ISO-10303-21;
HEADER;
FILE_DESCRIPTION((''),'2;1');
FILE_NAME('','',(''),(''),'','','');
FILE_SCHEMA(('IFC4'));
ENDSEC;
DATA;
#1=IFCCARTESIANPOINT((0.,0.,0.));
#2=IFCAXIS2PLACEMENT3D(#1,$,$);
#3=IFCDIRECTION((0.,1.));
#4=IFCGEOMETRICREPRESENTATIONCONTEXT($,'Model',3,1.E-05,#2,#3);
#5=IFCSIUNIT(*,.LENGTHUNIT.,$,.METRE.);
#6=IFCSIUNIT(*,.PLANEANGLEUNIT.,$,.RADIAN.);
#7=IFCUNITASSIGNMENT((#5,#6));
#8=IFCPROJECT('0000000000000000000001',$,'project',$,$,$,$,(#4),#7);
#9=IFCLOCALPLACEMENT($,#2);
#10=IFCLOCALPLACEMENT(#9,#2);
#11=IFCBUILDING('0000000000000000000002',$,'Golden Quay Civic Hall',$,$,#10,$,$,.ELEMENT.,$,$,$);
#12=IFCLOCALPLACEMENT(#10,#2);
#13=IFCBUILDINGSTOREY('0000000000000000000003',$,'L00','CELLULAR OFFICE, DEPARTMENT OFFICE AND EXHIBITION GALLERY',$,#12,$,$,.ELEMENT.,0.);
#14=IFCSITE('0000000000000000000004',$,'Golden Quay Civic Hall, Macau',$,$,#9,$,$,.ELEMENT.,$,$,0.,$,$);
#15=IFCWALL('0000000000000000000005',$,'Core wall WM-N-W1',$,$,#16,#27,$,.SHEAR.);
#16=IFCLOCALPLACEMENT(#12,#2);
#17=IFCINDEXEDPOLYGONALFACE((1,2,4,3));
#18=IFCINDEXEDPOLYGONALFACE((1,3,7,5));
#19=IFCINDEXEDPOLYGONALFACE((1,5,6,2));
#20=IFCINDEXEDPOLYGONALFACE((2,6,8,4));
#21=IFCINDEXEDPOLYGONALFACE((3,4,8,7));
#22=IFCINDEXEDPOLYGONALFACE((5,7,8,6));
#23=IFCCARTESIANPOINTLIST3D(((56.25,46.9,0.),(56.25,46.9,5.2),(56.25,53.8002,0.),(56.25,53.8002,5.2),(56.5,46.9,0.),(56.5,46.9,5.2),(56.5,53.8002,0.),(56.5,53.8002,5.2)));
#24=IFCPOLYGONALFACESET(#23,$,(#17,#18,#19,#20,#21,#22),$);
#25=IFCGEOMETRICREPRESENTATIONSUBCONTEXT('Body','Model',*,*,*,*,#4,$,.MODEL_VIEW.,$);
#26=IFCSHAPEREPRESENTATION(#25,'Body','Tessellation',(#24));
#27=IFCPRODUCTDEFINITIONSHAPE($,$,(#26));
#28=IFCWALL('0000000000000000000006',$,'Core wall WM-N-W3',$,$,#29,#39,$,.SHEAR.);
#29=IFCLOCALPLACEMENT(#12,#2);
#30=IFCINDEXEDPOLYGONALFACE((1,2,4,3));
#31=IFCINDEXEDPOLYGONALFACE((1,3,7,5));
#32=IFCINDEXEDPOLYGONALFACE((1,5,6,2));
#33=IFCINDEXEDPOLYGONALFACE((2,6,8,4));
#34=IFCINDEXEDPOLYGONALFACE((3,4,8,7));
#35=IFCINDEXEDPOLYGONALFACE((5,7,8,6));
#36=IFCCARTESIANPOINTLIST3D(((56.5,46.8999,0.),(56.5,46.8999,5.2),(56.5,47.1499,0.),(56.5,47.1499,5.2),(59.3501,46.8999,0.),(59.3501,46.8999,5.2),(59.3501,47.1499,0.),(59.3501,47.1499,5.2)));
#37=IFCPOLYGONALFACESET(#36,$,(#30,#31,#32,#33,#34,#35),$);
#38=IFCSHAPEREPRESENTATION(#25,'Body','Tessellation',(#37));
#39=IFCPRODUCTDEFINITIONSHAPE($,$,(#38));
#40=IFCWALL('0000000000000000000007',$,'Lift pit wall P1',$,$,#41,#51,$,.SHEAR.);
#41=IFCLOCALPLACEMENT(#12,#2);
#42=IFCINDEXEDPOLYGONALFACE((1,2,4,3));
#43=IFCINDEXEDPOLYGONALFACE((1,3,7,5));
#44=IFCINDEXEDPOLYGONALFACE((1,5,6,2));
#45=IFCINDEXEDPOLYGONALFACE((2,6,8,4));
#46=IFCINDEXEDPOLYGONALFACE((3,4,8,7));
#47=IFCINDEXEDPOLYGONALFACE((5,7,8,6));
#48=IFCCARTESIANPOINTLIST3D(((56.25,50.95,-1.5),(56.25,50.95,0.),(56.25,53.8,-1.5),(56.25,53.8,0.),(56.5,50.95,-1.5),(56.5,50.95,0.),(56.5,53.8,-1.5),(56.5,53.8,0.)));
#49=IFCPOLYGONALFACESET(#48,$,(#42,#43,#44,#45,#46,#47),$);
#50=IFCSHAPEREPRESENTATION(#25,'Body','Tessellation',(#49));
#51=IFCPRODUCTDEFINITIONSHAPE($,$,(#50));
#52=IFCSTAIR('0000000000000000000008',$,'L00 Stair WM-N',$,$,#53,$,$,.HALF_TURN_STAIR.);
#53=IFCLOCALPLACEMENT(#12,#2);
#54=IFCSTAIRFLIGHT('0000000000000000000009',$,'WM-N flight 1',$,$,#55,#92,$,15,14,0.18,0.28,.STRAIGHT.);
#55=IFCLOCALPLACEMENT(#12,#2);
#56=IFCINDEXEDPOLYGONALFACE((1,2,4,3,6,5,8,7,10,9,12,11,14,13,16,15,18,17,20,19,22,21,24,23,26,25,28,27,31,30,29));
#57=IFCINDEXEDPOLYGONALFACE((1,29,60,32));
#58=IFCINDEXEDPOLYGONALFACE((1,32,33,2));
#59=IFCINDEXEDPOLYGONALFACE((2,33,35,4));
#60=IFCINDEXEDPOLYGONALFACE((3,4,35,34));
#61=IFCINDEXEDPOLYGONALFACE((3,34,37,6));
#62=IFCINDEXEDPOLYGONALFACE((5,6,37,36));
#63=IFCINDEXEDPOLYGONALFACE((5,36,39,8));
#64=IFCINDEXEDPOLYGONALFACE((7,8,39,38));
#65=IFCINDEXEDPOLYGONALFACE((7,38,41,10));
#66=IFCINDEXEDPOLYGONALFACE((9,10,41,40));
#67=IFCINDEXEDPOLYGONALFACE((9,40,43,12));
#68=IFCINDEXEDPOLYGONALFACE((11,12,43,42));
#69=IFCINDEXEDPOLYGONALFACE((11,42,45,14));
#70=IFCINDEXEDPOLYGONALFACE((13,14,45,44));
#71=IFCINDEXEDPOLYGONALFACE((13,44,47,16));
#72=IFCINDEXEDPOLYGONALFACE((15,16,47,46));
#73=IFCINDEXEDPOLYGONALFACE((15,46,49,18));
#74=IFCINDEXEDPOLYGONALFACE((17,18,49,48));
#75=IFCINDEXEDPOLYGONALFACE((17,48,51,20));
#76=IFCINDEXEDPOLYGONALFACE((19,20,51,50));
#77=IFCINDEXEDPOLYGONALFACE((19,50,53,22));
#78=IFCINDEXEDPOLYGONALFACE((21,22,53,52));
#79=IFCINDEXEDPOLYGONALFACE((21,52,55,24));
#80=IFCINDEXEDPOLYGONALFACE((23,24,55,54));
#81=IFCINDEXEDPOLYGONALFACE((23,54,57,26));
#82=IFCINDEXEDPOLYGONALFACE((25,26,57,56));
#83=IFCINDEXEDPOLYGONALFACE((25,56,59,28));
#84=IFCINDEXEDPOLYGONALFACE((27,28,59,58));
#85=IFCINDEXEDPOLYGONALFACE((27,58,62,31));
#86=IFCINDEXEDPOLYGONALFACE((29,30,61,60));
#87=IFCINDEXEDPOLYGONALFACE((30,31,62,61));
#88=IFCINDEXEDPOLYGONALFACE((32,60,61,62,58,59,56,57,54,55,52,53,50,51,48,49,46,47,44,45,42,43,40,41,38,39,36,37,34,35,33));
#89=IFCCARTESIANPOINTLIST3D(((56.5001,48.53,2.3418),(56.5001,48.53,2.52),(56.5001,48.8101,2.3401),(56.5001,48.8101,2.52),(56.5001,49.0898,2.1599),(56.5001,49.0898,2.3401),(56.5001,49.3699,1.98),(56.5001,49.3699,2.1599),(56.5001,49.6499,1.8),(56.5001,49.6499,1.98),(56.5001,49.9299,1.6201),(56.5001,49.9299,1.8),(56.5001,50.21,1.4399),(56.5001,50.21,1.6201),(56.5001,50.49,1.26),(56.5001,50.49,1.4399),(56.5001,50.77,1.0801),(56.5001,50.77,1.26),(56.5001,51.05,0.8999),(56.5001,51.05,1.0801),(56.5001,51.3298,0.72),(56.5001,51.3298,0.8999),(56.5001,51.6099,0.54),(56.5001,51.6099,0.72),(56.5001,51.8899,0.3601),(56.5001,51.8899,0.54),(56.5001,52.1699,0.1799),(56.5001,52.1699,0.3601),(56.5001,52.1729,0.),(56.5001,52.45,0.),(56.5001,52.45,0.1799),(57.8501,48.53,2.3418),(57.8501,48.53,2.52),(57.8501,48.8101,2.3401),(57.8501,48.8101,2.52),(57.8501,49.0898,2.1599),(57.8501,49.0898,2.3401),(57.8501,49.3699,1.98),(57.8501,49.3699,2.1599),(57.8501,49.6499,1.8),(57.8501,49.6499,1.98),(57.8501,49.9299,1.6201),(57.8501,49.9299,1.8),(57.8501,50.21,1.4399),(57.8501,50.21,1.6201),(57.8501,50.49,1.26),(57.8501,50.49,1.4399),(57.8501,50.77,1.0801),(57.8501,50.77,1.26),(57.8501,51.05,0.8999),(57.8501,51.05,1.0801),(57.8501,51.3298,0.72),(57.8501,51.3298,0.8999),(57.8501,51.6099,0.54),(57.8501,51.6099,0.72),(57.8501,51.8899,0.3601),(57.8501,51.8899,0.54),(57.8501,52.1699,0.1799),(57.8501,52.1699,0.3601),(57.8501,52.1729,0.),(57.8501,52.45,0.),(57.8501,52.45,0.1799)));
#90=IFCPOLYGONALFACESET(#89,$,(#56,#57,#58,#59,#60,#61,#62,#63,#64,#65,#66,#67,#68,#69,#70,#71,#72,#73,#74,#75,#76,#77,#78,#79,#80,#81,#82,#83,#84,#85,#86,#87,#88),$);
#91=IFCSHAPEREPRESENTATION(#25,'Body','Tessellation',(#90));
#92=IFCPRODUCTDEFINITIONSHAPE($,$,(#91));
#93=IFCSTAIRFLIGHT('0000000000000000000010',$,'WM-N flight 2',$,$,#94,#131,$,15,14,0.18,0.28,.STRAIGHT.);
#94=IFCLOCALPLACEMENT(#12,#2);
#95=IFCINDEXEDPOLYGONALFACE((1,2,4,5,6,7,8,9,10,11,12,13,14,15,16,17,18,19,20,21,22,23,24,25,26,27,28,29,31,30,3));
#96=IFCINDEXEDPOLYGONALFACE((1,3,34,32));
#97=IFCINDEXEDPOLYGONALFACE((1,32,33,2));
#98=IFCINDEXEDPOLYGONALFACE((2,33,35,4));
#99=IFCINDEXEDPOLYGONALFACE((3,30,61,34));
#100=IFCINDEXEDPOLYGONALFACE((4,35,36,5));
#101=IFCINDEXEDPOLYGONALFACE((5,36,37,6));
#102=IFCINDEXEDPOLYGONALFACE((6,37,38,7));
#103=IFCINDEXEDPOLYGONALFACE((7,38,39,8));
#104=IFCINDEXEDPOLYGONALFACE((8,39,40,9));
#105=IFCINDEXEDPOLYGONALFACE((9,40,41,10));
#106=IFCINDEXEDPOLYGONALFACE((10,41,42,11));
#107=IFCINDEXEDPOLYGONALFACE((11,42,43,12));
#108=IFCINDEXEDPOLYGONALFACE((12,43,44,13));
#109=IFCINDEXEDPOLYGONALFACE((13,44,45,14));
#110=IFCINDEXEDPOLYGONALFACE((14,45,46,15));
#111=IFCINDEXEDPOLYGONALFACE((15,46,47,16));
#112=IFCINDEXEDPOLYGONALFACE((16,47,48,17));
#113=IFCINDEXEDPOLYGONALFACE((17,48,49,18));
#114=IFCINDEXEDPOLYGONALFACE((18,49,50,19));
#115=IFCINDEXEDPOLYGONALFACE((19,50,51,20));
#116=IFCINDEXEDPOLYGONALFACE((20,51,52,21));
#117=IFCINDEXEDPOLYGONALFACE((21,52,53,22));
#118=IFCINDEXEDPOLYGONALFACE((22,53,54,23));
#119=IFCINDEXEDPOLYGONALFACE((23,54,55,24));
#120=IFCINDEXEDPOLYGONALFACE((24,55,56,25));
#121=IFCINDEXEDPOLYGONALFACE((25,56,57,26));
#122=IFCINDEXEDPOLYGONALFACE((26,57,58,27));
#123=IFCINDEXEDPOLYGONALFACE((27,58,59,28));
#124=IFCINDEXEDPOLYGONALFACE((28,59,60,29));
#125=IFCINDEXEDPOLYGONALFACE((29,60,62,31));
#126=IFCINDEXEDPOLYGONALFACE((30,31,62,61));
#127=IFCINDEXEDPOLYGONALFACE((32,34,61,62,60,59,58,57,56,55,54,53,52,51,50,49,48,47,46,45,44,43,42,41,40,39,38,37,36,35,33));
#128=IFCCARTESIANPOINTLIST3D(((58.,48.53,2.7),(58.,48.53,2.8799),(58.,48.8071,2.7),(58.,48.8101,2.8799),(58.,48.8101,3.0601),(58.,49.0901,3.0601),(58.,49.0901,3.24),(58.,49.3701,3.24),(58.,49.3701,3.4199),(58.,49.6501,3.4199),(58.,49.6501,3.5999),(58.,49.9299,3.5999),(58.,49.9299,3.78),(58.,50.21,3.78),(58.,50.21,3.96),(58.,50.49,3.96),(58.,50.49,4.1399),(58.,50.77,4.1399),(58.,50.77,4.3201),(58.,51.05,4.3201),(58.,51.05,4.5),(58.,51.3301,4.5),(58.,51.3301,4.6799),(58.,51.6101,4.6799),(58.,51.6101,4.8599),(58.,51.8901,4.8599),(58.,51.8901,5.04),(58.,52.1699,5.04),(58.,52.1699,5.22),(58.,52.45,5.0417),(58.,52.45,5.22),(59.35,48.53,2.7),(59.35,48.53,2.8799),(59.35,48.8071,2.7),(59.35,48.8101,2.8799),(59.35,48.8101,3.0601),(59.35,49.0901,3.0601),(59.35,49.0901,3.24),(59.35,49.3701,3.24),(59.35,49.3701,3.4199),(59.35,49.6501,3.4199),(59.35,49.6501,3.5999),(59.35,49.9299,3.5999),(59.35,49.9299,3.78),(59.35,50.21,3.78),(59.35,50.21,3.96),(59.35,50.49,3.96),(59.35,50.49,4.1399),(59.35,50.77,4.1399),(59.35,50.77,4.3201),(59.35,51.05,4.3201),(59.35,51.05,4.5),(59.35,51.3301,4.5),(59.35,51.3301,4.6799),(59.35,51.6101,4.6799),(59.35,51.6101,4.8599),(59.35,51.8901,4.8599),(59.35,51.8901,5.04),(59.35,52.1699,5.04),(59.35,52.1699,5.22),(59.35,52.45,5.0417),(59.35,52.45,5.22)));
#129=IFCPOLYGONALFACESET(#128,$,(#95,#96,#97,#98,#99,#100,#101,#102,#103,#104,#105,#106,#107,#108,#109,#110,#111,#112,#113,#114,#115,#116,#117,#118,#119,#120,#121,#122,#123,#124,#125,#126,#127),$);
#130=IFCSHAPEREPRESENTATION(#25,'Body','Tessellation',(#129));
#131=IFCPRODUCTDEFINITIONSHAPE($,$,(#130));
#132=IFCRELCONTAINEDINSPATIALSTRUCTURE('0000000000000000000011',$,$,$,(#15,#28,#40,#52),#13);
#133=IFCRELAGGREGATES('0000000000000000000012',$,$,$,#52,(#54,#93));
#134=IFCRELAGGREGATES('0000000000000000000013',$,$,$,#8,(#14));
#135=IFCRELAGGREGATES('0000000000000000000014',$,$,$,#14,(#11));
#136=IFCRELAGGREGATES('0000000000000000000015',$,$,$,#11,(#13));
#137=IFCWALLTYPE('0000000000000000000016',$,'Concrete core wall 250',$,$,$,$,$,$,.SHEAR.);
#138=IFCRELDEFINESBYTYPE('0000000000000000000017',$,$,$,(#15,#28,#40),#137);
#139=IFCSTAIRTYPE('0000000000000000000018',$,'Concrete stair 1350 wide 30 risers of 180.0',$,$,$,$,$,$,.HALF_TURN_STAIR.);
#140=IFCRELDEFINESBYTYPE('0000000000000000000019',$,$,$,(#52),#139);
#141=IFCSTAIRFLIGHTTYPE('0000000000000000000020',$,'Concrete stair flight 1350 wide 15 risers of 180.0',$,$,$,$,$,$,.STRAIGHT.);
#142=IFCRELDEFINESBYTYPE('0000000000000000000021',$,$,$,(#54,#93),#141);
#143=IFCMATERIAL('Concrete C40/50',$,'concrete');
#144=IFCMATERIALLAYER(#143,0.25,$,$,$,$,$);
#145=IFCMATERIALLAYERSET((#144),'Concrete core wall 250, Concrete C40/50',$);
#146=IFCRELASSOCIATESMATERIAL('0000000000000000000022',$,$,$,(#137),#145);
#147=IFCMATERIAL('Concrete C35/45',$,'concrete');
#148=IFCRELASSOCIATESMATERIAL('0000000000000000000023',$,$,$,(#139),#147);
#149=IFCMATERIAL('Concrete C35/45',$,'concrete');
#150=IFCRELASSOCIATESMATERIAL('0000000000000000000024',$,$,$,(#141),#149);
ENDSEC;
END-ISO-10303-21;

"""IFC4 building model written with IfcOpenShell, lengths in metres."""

from ifc_helpers import new_model, si_unit, direction, frame, frame_2d, origin, place, context, subcontext, project, spatial, polyline, rectangle, outline, extrude, material, layer, layer_set, type_object, element, aggregate, save


model = new_model("IFC4")

# Units and contexts
model_context = context("Model", 3, precision=1e-05, world=origin(), true_north=direction((0.0, 1.0)))
body_context = subcontext(model_context, "Body", "Model", "MODEL_VIEW")
ifc_project = project(units=[si_unit("LENGTHUNIT", "METRE"), si_unit("PLANEANGLEUNIT", "RADIAN")], contexts=[model_context])

# Site, building, storey
site_placement = place(None, origin())
site = spatial("IfcSite", under=ifc_project, at=site_placement, Name="Golden Quay Civic Hall, Macau", CompositionType="ELEMENT", RefElevation=0.0)
building_placement = place(site_placement, origin())
building = spatial("IfcBuilding", under=site, at=building_placement, Name="Golden Quay Civic Hall", CompositionType="ELEMENT")
storey_placement = place(building_placement, origin())
storey = spatial("IfcBuildingStorey", under=building, at=storey_placement, Name="L00", Description="CELLULAR OFFICE, DEPARTMENT OFFICE AND EXHIBITION GALLERY", CompositionType="ELEMENT", Elevation=0.0)

# Walls
ifc_material_1 = material(Name="Concrete C40/50", Category="concrete")
ifc_layer = layer(ifc_material_1, 0.25)
ifc_layer_set = layer_set([ifc_layer], Name="Concrete core wall 250, Concrete C40/50")
wall_type = type_object("IfcWallType", Name="Concrete core wall 250", PredefinedType="SHEAR", material=ifc_layer_set)
wall_1_placement = place(storey_placement, frame((56.375, 46.8999, 0.0), z_axis=(0.0, 0.0, 1.0), x_axis=(0.0, 1.0, 0.0)))
element("IfcWall", 1, at=wall_1_placement, inside=storey, type_object=wall_type, Name="Core wall WM-N-W1", PredefinedType="SHEAR", context=body_context, shape_type="SweptSolid", body=[
    extrude(rectangle(XDim=6.9001, YDim=0.25, at=frame_2d((3.4502, 0.0))), origin(), (0.0, 0.0, 1.0), 5.2),
])
wall_2_placement = place(storey_placement, frame((56.5, 47.0249, 0.0), z_axis=(0.0, 0.0, 1.0), x_axis=(1.0, 0.0, 0.0)))
element("IfcWall", 2, at=wall_2_placement, inside=storey, type_object=wall_type, Name="Core wall WM-N-W3", PredefinedType="SHEAR", context=body_context, shape_type="SweptSolid", body=[
    extrude(rectangle(XDim=2.8501, YDim=0.25, at=frame_2d((1.425, 0.0))), origin(), (0.0, 0.0, 1.0), 5.2),
])
wall_3_placement = place(storey_placement, frame((56.375, 50.95, -1.5), z_axis=(0.0, 0.0, 1.0), x_axis=(0.0, 1.0, 0.0)))
element("IfcWall", 3, at=wall_3_placement, inside=storey, type_object=wall_type, Name="Lift pit wall P1", PredefinedType="SHEAR", context=body_context, shape_type="SweptSolid", body=[
    extrude(rectangle(XDim=2.8501, YDim=0.25, at=frame_2d((1.425, 0.0))), origin(), (0.0, 0.0, 1.0), 1.5),
])

# Stair, stair flights
ifc_material_2 = material(Name="Concrete C35/45", Category="concrete")
stair_type = type_object("IfcStairType", Name="Concrete stair 1350 wide 30 risers of 180.0", PredefinedType="HALF_TURN_STAIR", material=ifc_material_2)
stair_placement = place(storey_placement, origin())
stair = element("IfcStair", 4, at=stair_placement, inside=storey, type_object=stair_type, Name="L00 Stair WM-N", PredefinedType="HALF_TURN_STAIR")
ifc_material_3 = material(Name="Concrete C35/45", Category="concrete")
stair_flight_type = type_object("IfcStairFlightType", Name="Concrete stair flight 1350 wide 15 risers of 180.0", PredefinedType="STRAIGHT", material=ifc_material_3)
stair_flight_1_placement = place(storey_placement, frame((57.175, 52.45, 0.0), z_axis=(0.0, 0.0, 1.0), x_axis=(0.0, -1.0, 0.0)))
stair_flight_1 = element("IfcStairFlight", 5, at=stair_flight_1_placement, type_object=stair_flight_type, Name="WM-N flight 1", NumberOfRisers=15, NumberOfTreads=14, PredefinedType="STRAIGHT", RiserHeight=0.18, TreadLength=0.28, context=body_context, shape_type="SweptSolid", body=[
    extrude(outline(polyline([(0.0, 0.0), (0.0, 0.1799), (0.28, 0.1799), (0.28, 0.3601), (0.5601, 0.3601), (0.5601, 0.54), (0.8401, 0.54), (0.8401, 0.72), (1.1201, 0.72), (1.1201, 0.8999), (1.3999, 0.8999), (1.3999, 1.0801), (1.6799, 1.0801), (1.6799, 1.26), (1.96, 1.26), (1.96, 1.4399), (2.24, 1.4399), (2.24, 1.6201), (2.52, 1.6201), (2.52, 1.8), (2.8, 1.8), (2.8, 1.98), (3.0801, 1.98), (3.0801, 2.1599), (3.3601, 2.1599), (3.3601, 2.3401), (3.6399, 2.3401), (3.6399, 2.52), (3.9199, 2.52), (3.9199, 2.7), (3.9199, 2.3418), (0.2771, 0.0), (0.0, 0.0)])), frame((0.0, 0.675, 0.0), z_axis=(0.0, -1.0, 0.0), x_axis=(1.0, 0.0, 0.0)), (0.0, 0.0, 1.0), 1.35),
])
stair_flight_2_placement = place(storey_placement, frame((58.675, 48.53, 2.7), z_axis=(0.0, 0.0, 1.0), x_axis=(0.0, 1.0, 0.0)))
stair_flight_2 = element("IfcStairFlight", 6, at=stair_flight_2_placement, type_object=stair_flight_type, Name="WM-N flight 2", NumberOfRisers=15, NumberOfTreads=14, PredefinedType="STRAIGHT", RiserHeight=0.18, TreadLength=0.28, context=body_context, shape_type="SweptSolid", body=[
    extrude(outline(polyline([(0.0, 0.0), (0.0, 0.1799), (0.28, 0.1799), (0.28, 0.3601), (0.5601, 0.3601), (0.5601, 0.54), (0.8401, 0.54), (0.8401, 0.72), (1.1201, 0.72), (1.1201, 0.8999), (1.3999, 0.8999), (1.3999, 1.0801), (1.6799, 1.0801), (1.6799, 1.26), (1.96, 1.26), (1.96, 1.4399), (2.24, 1.4399), (2.24, 1.6201), (2.52, 1.6201), (2.52, 1.8), (2.8, 1.8), (2.8, 1.98), (3.0801, 1.98), (3.0801, 2.1599), (3.3601, 2.1599), (3.3601, 2.3401), (3.6399, 2.3401), (3.6399, 2.52), (3.9199, 2.52), (3.9199, 2.7), (3.9199, 2.3418), (0.2771, 0.0), (0.0, 0.0)])), frame((0.0, 0.675, 0.0), z_axis=(0.0, -1.0, 0.0), x_axis=(1.0, 0.0, 0.0)), (0.0, 0.0, 1.0), 1.35),
])
aggregate(stair, [stair_flight_1, stair_flight_2])

save(model, "model.ifc")
